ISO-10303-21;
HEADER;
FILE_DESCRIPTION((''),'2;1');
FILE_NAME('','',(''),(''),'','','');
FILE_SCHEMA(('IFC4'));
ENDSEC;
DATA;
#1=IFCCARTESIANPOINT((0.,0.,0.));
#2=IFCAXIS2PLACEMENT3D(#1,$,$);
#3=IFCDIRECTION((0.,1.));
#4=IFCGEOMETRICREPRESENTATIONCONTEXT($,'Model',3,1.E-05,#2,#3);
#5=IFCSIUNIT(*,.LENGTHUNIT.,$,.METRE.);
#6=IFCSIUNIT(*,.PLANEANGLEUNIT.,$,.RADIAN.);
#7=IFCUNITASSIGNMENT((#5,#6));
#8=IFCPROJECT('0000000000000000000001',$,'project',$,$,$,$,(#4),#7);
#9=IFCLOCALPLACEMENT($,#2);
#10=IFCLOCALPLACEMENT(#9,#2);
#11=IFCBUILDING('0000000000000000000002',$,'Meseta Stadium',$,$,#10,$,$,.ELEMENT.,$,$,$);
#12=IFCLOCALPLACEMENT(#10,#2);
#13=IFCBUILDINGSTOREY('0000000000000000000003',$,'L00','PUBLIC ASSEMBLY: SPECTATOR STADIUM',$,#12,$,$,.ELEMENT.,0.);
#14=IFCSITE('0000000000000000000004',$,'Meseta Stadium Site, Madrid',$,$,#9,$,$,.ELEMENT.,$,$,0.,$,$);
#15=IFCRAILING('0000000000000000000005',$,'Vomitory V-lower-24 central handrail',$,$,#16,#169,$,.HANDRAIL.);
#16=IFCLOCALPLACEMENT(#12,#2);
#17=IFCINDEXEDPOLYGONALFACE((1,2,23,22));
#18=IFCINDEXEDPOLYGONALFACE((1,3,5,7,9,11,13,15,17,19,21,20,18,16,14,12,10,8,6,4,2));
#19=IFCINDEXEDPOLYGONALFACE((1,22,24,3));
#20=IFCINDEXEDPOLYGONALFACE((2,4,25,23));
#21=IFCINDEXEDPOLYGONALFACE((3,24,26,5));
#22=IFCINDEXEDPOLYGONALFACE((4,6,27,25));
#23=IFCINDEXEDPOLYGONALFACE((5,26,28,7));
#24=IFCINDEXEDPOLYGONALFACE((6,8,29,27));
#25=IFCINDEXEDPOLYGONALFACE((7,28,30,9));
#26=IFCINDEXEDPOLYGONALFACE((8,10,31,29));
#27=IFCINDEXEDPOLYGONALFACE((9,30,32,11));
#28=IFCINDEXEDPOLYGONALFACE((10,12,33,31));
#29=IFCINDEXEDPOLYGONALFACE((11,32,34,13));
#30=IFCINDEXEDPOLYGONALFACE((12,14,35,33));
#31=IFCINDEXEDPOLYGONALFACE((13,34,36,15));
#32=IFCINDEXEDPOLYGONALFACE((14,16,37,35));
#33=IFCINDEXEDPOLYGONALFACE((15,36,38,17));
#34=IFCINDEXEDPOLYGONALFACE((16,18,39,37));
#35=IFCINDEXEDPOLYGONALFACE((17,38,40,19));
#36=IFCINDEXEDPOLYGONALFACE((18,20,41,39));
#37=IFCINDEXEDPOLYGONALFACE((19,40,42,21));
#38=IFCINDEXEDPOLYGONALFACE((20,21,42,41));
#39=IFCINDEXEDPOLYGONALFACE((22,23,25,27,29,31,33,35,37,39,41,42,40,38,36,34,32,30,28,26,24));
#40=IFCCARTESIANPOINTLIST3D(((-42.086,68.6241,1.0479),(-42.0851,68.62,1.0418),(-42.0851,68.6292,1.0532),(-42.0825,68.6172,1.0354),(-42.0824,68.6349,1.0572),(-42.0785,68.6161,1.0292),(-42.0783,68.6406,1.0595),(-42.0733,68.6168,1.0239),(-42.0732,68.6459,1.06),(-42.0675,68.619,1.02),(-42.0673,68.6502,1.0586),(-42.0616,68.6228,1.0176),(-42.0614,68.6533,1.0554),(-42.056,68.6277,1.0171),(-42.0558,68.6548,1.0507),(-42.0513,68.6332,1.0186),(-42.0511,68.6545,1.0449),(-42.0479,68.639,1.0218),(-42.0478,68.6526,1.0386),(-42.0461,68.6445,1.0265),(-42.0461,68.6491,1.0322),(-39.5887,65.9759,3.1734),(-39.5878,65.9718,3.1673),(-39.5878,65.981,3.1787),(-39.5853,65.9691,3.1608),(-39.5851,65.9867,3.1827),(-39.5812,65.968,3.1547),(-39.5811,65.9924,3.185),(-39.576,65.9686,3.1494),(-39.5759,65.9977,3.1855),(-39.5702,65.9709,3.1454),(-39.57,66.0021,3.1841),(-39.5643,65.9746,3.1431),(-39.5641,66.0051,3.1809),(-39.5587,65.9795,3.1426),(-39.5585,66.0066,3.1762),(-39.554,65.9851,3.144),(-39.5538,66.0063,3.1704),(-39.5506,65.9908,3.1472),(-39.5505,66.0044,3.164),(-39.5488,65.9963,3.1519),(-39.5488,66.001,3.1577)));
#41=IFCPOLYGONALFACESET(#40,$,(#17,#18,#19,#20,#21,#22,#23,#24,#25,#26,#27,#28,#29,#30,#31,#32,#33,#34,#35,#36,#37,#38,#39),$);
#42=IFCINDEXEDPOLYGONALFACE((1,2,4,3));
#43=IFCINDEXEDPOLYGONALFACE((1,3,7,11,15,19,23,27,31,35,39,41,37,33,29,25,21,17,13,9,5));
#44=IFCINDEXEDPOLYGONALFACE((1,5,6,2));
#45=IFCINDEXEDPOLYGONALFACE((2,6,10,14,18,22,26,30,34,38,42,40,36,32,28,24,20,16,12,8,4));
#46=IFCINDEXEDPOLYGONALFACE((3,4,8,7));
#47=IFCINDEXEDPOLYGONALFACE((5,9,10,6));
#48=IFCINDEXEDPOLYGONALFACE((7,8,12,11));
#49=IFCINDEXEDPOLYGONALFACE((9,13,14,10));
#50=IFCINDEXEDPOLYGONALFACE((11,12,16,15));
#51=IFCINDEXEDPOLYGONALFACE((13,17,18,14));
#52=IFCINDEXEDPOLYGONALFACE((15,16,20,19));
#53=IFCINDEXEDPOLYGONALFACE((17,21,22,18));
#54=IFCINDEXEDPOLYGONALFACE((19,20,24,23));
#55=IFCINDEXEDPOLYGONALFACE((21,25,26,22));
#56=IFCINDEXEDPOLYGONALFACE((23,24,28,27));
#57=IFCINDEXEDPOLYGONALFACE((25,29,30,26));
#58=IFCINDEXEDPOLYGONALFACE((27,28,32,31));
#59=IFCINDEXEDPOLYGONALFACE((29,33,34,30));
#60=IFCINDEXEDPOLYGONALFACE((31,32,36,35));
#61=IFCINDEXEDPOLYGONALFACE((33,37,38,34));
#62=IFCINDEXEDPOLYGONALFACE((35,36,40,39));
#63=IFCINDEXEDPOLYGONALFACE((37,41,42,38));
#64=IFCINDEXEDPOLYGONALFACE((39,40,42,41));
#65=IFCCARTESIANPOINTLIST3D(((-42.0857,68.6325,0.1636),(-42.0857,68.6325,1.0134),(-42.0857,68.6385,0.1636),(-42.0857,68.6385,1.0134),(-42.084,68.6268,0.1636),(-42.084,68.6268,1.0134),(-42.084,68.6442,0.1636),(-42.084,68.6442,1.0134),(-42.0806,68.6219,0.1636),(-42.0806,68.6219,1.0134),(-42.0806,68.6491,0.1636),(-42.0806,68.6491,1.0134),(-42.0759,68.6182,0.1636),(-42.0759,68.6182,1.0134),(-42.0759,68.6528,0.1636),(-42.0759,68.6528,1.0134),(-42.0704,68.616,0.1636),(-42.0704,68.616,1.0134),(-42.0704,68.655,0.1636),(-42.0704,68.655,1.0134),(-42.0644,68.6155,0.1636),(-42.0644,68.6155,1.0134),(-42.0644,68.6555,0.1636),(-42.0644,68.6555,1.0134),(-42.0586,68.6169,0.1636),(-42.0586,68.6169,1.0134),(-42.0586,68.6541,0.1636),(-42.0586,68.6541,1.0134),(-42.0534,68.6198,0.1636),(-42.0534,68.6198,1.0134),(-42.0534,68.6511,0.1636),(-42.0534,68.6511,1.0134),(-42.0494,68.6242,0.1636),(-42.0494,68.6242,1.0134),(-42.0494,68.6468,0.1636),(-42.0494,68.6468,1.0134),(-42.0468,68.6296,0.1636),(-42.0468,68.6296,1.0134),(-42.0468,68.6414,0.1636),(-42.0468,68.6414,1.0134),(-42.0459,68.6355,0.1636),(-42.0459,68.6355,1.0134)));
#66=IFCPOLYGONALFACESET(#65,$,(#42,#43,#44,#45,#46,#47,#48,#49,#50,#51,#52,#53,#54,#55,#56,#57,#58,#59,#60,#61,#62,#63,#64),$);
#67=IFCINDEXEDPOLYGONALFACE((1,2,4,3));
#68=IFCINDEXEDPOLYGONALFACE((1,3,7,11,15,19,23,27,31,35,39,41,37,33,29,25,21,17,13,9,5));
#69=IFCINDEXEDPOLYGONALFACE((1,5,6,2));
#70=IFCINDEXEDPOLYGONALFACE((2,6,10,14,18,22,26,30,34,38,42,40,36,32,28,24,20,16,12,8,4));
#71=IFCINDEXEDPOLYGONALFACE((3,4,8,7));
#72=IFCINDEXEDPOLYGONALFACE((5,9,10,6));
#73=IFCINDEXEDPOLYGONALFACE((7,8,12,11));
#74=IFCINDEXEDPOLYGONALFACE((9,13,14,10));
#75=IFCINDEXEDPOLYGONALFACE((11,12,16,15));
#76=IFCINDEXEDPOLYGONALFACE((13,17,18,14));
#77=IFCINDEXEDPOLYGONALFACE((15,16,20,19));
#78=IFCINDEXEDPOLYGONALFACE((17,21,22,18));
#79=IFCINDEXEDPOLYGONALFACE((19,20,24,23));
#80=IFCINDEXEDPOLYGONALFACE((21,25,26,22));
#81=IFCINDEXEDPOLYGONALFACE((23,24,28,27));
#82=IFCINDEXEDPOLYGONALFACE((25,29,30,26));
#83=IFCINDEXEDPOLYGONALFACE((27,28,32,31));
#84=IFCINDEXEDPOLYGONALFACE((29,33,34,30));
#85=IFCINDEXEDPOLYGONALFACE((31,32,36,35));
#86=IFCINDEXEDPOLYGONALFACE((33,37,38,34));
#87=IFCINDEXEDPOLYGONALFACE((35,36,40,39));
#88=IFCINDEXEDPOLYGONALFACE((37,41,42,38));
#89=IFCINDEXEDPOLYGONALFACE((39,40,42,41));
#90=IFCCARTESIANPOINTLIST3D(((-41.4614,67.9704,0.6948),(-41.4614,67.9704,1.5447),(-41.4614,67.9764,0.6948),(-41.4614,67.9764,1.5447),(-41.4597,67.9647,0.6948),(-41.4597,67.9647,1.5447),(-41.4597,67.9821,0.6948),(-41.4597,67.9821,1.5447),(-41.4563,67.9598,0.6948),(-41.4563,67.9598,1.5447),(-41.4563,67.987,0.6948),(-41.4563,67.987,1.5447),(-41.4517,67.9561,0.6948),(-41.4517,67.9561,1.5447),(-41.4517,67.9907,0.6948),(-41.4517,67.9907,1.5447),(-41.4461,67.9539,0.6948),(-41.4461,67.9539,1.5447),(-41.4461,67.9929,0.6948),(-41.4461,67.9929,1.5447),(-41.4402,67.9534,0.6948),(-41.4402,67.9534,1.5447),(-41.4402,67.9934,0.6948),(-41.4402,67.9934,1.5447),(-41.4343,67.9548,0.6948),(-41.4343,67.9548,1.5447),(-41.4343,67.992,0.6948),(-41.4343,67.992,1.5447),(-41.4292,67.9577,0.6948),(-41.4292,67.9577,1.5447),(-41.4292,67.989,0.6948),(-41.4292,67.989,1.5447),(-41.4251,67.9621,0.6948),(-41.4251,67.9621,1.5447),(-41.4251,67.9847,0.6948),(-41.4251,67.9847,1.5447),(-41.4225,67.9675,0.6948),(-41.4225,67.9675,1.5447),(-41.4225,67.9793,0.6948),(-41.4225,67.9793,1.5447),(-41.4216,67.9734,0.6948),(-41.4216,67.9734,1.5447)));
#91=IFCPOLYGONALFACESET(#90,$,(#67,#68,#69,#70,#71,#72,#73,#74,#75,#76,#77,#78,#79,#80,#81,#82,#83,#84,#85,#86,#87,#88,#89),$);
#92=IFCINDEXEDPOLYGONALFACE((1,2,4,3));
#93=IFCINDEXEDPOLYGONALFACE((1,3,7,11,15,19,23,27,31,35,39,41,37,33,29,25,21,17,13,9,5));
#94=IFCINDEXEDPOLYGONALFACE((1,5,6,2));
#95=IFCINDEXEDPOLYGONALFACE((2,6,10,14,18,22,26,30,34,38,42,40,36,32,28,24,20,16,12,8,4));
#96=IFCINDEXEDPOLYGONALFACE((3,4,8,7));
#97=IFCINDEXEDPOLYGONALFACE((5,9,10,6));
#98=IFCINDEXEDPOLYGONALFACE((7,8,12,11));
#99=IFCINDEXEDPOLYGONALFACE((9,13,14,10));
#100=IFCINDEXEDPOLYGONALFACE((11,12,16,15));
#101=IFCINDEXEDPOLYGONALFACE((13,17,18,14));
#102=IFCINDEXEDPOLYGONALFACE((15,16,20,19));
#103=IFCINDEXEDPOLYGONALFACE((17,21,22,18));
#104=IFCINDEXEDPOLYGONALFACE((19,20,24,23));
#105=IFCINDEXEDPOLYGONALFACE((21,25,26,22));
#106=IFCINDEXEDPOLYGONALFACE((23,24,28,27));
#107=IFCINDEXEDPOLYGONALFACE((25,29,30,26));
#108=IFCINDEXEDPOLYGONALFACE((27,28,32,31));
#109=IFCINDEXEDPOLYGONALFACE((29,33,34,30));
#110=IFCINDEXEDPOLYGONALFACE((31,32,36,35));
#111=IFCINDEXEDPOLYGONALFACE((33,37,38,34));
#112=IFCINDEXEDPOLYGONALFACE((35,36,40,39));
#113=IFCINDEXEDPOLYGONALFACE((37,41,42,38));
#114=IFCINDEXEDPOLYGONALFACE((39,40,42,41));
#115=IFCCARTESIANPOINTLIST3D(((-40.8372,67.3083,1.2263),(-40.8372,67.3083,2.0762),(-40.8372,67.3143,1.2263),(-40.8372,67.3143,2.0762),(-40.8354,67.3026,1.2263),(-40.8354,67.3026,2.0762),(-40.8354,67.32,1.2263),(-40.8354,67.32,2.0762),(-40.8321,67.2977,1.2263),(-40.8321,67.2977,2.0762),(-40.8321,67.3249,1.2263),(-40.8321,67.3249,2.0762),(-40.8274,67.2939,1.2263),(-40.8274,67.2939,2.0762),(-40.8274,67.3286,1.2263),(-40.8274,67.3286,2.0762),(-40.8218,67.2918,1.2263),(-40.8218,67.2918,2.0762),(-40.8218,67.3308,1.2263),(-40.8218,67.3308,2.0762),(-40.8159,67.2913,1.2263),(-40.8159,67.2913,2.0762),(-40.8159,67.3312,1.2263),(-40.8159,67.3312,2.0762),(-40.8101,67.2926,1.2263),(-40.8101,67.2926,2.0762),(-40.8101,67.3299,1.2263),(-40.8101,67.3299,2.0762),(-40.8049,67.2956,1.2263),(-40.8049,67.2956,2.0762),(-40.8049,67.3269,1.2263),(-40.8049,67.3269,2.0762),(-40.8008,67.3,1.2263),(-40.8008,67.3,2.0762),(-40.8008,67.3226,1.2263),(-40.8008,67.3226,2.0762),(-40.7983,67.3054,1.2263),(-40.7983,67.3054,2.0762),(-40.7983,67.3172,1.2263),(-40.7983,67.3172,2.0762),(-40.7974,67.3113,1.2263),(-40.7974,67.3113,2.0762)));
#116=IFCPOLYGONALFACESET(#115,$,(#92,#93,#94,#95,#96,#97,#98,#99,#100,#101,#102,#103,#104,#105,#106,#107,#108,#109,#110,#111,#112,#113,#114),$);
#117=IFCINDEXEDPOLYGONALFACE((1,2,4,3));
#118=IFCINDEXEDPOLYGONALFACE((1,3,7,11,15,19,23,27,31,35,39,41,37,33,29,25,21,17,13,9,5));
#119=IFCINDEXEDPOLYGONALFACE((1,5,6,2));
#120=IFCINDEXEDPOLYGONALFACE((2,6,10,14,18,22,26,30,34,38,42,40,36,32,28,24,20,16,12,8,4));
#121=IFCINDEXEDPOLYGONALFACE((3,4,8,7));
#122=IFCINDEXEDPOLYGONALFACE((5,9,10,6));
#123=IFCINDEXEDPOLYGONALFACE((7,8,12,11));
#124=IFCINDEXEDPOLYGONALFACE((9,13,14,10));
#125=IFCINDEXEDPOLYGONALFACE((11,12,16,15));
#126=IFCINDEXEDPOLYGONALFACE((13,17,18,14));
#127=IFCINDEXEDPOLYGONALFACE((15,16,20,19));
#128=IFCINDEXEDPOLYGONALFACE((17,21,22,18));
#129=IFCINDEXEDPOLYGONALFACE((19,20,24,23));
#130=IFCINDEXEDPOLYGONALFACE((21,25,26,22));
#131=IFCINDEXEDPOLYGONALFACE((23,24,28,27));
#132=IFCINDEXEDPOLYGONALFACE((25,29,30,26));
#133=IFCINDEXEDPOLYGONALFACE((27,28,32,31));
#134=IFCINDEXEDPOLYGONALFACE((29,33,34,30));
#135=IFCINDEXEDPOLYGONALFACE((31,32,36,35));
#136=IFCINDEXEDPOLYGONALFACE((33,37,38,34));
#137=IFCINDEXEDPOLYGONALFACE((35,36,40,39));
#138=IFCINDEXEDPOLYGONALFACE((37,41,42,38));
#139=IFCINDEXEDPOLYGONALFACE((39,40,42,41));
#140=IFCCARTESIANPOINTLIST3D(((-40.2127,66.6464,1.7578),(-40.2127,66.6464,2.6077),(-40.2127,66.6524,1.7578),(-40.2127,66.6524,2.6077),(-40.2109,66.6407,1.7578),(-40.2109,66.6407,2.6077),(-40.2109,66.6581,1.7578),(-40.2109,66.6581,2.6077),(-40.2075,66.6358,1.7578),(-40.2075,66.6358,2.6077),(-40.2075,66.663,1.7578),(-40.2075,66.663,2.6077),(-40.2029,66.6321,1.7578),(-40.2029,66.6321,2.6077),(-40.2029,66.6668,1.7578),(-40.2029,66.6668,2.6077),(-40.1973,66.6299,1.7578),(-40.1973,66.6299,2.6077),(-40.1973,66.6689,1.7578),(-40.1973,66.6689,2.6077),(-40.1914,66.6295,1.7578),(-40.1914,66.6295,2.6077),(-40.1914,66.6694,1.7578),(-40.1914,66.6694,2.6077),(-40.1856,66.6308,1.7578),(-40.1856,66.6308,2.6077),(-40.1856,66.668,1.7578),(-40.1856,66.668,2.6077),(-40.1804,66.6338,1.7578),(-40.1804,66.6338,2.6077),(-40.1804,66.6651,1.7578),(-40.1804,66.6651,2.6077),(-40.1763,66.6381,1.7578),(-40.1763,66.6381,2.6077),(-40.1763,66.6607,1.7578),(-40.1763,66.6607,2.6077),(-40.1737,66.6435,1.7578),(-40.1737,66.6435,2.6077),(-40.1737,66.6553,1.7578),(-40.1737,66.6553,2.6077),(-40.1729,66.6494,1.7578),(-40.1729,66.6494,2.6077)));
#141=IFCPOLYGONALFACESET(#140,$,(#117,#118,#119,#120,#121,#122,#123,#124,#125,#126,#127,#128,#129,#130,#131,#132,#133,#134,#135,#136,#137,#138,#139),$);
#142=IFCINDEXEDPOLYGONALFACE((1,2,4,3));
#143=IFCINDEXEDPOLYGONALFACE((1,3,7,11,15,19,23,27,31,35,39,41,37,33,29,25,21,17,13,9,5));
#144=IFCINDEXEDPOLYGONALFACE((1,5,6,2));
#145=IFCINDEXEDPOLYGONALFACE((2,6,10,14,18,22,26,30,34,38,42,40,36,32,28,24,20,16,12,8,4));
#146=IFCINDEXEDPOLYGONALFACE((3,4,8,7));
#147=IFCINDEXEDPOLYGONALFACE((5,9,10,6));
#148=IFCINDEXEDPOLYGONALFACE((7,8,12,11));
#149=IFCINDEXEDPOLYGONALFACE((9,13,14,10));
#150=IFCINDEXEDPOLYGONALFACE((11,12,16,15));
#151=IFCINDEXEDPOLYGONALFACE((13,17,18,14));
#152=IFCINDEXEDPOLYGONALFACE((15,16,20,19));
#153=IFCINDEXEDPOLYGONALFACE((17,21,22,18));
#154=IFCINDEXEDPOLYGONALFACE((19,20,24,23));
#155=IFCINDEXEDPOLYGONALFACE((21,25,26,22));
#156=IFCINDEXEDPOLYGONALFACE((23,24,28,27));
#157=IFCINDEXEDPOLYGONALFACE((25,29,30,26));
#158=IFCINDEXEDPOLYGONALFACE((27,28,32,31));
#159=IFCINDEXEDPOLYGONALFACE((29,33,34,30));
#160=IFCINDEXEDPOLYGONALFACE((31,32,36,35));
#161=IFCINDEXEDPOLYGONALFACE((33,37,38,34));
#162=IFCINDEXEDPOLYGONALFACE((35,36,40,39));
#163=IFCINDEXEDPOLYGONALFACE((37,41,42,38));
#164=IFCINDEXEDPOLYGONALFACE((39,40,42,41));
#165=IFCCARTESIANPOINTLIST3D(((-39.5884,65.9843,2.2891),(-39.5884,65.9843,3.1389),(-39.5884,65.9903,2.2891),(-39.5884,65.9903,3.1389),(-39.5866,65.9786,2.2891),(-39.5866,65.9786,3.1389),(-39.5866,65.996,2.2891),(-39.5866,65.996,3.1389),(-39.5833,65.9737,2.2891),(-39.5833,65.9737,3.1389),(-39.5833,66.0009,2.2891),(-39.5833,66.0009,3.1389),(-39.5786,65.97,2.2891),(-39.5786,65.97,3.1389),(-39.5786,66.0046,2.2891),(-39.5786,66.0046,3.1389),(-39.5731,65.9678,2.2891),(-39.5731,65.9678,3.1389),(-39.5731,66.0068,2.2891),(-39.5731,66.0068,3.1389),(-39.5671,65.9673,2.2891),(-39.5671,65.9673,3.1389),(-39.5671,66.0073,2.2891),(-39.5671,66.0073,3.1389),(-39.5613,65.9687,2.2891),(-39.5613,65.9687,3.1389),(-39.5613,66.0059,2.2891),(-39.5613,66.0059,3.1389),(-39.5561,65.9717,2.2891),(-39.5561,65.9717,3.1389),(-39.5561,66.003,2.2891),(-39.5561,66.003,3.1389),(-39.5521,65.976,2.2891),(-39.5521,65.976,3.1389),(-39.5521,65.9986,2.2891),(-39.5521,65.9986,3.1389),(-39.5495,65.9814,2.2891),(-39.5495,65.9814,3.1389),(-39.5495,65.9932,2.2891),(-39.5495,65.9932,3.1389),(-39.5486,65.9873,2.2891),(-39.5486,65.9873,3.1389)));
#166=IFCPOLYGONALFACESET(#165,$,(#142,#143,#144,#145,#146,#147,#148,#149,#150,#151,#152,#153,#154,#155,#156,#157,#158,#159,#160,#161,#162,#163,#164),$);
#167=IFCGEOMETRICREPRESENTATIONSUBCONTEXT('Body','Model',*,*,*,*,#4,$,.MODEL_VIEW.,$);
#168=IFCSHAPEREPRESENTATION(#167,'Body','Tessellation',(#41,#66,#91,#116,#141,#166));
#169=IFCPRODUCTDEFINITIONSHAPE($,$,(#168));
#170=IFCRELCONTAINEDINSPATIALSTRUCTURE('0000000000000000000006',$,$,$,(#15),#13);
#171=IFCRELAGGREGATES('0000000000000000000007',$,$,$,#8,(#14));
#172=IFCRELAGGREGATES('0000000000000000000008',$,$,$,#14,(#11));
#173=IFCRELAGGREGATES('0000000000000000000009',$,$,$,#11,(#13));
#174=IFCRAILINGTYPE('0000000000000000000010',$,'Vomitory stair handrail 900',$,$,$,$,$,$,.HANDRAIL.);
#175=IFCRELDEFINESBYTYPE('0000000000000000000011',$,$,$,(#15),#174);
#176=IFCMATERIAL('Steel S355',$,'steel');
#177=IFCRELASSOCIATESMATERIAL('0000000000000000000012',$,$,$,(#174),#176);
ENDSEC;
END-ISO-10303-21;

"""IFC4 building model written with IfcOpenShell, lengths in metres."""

from ifc_helpers import new_model, si_unit, direction, frame, origin, origin_2d, place, context, subcontext, project, spatial, circle, extrude, material, type_object, element, save


model = new_model("IFC4")

# Units and contexts
model_context = context("Model", 3, precision=1e-05, world=origin(), true_north=direction((0.0, 1.0)))
body_context = subcontext(model_context, "Body", "Model", "MODEL_VIEW")
ifc_project = project(units=[si_unit("LENGTHUNIT", "METRE"), si_unit("PLANEANGLEUNIT", "RADIAN")], contexts=[model_context])

# Site, building, storey
site_placement = place(None, origin())
site = spatial("IfcSite", under=ifc_project, at=site_placement, Name="Meseta Stadium Site, Madrid", CompositionType="ELEMENT", RefElevation=0.0)
building_placement = place(site_placement, origin())
building = spatial("IfcBuilding", under=site, at=building_placement, Name="Meseta Stadium", CompositionType="ELEMENT")
storey_placement = place(building_placement, origin())
storey = spatial("IfcBuildingStorey", under=building, at=storey_placement, Name="L00", Description="PUBLIC ASSEMBLY: SPECTATOR STADIUM", CompositionType="ELEMENT", Elevation=0.0)

# Railing
ifc_material_1 = material(Name="Steel S355", Category="steel")
railing_type_1 = type_object("IfcRailingType", Name="Vomitory stair handrail 900", PredefinedType="HANDRAIL", material=ifc_material_1)
railing_1_placement = place(storey_placement, frame((-42.0659, 68.6355, 0.1636)))
element("IfcRailing", 1, at=railing_1_placement, inside=storey, type_object=railing_type_1, Name="Vomitory V-lower-24 central handrail", PredefinedType="HANDRAIL", context=body_context, shape_type="SweptSolid", body=[
    extrude(circle(Radius=0.0249, at=origin_2d()), frame((0.0, 0.0, 0.875), z_axis=(0.592466, -0.628261, 0.504254), x_axis=(0.727528, 0.686078, 0.0)), (0.0, 0.0, 1.0), 4.2151),
    extrude(circle(Radius=0.02, at=origin_2d()), origin(), (0.0, 0.0, 1.0), 0.8499),
    extrude(circle(Radius=0.02, at=origin_2d()), frame((0.6243, -0.6621, 0.5312)), (0.0, 0.0, 1.0), 0.8499),
    extrude(circle(Radius=0.02, at=origin_2d()), frame((1.2485, -1.3242, 1.0627)), (0.0, 0.0, 1.0), 0.8499),
    extrude(circle(Radius=0.02, at=origin_2d()), frame((1.873, -1.9861, 1.5942)), (0.0, 0.0, 1.0), 0.8499),
    extrude(circle(Radius=0.02, at=origin_2d()), frame((2.4973, -2.6482, 2.1255)), (0.0, 0.0, 1.0), 0.8499),
])

save(model, "model.ifc")
